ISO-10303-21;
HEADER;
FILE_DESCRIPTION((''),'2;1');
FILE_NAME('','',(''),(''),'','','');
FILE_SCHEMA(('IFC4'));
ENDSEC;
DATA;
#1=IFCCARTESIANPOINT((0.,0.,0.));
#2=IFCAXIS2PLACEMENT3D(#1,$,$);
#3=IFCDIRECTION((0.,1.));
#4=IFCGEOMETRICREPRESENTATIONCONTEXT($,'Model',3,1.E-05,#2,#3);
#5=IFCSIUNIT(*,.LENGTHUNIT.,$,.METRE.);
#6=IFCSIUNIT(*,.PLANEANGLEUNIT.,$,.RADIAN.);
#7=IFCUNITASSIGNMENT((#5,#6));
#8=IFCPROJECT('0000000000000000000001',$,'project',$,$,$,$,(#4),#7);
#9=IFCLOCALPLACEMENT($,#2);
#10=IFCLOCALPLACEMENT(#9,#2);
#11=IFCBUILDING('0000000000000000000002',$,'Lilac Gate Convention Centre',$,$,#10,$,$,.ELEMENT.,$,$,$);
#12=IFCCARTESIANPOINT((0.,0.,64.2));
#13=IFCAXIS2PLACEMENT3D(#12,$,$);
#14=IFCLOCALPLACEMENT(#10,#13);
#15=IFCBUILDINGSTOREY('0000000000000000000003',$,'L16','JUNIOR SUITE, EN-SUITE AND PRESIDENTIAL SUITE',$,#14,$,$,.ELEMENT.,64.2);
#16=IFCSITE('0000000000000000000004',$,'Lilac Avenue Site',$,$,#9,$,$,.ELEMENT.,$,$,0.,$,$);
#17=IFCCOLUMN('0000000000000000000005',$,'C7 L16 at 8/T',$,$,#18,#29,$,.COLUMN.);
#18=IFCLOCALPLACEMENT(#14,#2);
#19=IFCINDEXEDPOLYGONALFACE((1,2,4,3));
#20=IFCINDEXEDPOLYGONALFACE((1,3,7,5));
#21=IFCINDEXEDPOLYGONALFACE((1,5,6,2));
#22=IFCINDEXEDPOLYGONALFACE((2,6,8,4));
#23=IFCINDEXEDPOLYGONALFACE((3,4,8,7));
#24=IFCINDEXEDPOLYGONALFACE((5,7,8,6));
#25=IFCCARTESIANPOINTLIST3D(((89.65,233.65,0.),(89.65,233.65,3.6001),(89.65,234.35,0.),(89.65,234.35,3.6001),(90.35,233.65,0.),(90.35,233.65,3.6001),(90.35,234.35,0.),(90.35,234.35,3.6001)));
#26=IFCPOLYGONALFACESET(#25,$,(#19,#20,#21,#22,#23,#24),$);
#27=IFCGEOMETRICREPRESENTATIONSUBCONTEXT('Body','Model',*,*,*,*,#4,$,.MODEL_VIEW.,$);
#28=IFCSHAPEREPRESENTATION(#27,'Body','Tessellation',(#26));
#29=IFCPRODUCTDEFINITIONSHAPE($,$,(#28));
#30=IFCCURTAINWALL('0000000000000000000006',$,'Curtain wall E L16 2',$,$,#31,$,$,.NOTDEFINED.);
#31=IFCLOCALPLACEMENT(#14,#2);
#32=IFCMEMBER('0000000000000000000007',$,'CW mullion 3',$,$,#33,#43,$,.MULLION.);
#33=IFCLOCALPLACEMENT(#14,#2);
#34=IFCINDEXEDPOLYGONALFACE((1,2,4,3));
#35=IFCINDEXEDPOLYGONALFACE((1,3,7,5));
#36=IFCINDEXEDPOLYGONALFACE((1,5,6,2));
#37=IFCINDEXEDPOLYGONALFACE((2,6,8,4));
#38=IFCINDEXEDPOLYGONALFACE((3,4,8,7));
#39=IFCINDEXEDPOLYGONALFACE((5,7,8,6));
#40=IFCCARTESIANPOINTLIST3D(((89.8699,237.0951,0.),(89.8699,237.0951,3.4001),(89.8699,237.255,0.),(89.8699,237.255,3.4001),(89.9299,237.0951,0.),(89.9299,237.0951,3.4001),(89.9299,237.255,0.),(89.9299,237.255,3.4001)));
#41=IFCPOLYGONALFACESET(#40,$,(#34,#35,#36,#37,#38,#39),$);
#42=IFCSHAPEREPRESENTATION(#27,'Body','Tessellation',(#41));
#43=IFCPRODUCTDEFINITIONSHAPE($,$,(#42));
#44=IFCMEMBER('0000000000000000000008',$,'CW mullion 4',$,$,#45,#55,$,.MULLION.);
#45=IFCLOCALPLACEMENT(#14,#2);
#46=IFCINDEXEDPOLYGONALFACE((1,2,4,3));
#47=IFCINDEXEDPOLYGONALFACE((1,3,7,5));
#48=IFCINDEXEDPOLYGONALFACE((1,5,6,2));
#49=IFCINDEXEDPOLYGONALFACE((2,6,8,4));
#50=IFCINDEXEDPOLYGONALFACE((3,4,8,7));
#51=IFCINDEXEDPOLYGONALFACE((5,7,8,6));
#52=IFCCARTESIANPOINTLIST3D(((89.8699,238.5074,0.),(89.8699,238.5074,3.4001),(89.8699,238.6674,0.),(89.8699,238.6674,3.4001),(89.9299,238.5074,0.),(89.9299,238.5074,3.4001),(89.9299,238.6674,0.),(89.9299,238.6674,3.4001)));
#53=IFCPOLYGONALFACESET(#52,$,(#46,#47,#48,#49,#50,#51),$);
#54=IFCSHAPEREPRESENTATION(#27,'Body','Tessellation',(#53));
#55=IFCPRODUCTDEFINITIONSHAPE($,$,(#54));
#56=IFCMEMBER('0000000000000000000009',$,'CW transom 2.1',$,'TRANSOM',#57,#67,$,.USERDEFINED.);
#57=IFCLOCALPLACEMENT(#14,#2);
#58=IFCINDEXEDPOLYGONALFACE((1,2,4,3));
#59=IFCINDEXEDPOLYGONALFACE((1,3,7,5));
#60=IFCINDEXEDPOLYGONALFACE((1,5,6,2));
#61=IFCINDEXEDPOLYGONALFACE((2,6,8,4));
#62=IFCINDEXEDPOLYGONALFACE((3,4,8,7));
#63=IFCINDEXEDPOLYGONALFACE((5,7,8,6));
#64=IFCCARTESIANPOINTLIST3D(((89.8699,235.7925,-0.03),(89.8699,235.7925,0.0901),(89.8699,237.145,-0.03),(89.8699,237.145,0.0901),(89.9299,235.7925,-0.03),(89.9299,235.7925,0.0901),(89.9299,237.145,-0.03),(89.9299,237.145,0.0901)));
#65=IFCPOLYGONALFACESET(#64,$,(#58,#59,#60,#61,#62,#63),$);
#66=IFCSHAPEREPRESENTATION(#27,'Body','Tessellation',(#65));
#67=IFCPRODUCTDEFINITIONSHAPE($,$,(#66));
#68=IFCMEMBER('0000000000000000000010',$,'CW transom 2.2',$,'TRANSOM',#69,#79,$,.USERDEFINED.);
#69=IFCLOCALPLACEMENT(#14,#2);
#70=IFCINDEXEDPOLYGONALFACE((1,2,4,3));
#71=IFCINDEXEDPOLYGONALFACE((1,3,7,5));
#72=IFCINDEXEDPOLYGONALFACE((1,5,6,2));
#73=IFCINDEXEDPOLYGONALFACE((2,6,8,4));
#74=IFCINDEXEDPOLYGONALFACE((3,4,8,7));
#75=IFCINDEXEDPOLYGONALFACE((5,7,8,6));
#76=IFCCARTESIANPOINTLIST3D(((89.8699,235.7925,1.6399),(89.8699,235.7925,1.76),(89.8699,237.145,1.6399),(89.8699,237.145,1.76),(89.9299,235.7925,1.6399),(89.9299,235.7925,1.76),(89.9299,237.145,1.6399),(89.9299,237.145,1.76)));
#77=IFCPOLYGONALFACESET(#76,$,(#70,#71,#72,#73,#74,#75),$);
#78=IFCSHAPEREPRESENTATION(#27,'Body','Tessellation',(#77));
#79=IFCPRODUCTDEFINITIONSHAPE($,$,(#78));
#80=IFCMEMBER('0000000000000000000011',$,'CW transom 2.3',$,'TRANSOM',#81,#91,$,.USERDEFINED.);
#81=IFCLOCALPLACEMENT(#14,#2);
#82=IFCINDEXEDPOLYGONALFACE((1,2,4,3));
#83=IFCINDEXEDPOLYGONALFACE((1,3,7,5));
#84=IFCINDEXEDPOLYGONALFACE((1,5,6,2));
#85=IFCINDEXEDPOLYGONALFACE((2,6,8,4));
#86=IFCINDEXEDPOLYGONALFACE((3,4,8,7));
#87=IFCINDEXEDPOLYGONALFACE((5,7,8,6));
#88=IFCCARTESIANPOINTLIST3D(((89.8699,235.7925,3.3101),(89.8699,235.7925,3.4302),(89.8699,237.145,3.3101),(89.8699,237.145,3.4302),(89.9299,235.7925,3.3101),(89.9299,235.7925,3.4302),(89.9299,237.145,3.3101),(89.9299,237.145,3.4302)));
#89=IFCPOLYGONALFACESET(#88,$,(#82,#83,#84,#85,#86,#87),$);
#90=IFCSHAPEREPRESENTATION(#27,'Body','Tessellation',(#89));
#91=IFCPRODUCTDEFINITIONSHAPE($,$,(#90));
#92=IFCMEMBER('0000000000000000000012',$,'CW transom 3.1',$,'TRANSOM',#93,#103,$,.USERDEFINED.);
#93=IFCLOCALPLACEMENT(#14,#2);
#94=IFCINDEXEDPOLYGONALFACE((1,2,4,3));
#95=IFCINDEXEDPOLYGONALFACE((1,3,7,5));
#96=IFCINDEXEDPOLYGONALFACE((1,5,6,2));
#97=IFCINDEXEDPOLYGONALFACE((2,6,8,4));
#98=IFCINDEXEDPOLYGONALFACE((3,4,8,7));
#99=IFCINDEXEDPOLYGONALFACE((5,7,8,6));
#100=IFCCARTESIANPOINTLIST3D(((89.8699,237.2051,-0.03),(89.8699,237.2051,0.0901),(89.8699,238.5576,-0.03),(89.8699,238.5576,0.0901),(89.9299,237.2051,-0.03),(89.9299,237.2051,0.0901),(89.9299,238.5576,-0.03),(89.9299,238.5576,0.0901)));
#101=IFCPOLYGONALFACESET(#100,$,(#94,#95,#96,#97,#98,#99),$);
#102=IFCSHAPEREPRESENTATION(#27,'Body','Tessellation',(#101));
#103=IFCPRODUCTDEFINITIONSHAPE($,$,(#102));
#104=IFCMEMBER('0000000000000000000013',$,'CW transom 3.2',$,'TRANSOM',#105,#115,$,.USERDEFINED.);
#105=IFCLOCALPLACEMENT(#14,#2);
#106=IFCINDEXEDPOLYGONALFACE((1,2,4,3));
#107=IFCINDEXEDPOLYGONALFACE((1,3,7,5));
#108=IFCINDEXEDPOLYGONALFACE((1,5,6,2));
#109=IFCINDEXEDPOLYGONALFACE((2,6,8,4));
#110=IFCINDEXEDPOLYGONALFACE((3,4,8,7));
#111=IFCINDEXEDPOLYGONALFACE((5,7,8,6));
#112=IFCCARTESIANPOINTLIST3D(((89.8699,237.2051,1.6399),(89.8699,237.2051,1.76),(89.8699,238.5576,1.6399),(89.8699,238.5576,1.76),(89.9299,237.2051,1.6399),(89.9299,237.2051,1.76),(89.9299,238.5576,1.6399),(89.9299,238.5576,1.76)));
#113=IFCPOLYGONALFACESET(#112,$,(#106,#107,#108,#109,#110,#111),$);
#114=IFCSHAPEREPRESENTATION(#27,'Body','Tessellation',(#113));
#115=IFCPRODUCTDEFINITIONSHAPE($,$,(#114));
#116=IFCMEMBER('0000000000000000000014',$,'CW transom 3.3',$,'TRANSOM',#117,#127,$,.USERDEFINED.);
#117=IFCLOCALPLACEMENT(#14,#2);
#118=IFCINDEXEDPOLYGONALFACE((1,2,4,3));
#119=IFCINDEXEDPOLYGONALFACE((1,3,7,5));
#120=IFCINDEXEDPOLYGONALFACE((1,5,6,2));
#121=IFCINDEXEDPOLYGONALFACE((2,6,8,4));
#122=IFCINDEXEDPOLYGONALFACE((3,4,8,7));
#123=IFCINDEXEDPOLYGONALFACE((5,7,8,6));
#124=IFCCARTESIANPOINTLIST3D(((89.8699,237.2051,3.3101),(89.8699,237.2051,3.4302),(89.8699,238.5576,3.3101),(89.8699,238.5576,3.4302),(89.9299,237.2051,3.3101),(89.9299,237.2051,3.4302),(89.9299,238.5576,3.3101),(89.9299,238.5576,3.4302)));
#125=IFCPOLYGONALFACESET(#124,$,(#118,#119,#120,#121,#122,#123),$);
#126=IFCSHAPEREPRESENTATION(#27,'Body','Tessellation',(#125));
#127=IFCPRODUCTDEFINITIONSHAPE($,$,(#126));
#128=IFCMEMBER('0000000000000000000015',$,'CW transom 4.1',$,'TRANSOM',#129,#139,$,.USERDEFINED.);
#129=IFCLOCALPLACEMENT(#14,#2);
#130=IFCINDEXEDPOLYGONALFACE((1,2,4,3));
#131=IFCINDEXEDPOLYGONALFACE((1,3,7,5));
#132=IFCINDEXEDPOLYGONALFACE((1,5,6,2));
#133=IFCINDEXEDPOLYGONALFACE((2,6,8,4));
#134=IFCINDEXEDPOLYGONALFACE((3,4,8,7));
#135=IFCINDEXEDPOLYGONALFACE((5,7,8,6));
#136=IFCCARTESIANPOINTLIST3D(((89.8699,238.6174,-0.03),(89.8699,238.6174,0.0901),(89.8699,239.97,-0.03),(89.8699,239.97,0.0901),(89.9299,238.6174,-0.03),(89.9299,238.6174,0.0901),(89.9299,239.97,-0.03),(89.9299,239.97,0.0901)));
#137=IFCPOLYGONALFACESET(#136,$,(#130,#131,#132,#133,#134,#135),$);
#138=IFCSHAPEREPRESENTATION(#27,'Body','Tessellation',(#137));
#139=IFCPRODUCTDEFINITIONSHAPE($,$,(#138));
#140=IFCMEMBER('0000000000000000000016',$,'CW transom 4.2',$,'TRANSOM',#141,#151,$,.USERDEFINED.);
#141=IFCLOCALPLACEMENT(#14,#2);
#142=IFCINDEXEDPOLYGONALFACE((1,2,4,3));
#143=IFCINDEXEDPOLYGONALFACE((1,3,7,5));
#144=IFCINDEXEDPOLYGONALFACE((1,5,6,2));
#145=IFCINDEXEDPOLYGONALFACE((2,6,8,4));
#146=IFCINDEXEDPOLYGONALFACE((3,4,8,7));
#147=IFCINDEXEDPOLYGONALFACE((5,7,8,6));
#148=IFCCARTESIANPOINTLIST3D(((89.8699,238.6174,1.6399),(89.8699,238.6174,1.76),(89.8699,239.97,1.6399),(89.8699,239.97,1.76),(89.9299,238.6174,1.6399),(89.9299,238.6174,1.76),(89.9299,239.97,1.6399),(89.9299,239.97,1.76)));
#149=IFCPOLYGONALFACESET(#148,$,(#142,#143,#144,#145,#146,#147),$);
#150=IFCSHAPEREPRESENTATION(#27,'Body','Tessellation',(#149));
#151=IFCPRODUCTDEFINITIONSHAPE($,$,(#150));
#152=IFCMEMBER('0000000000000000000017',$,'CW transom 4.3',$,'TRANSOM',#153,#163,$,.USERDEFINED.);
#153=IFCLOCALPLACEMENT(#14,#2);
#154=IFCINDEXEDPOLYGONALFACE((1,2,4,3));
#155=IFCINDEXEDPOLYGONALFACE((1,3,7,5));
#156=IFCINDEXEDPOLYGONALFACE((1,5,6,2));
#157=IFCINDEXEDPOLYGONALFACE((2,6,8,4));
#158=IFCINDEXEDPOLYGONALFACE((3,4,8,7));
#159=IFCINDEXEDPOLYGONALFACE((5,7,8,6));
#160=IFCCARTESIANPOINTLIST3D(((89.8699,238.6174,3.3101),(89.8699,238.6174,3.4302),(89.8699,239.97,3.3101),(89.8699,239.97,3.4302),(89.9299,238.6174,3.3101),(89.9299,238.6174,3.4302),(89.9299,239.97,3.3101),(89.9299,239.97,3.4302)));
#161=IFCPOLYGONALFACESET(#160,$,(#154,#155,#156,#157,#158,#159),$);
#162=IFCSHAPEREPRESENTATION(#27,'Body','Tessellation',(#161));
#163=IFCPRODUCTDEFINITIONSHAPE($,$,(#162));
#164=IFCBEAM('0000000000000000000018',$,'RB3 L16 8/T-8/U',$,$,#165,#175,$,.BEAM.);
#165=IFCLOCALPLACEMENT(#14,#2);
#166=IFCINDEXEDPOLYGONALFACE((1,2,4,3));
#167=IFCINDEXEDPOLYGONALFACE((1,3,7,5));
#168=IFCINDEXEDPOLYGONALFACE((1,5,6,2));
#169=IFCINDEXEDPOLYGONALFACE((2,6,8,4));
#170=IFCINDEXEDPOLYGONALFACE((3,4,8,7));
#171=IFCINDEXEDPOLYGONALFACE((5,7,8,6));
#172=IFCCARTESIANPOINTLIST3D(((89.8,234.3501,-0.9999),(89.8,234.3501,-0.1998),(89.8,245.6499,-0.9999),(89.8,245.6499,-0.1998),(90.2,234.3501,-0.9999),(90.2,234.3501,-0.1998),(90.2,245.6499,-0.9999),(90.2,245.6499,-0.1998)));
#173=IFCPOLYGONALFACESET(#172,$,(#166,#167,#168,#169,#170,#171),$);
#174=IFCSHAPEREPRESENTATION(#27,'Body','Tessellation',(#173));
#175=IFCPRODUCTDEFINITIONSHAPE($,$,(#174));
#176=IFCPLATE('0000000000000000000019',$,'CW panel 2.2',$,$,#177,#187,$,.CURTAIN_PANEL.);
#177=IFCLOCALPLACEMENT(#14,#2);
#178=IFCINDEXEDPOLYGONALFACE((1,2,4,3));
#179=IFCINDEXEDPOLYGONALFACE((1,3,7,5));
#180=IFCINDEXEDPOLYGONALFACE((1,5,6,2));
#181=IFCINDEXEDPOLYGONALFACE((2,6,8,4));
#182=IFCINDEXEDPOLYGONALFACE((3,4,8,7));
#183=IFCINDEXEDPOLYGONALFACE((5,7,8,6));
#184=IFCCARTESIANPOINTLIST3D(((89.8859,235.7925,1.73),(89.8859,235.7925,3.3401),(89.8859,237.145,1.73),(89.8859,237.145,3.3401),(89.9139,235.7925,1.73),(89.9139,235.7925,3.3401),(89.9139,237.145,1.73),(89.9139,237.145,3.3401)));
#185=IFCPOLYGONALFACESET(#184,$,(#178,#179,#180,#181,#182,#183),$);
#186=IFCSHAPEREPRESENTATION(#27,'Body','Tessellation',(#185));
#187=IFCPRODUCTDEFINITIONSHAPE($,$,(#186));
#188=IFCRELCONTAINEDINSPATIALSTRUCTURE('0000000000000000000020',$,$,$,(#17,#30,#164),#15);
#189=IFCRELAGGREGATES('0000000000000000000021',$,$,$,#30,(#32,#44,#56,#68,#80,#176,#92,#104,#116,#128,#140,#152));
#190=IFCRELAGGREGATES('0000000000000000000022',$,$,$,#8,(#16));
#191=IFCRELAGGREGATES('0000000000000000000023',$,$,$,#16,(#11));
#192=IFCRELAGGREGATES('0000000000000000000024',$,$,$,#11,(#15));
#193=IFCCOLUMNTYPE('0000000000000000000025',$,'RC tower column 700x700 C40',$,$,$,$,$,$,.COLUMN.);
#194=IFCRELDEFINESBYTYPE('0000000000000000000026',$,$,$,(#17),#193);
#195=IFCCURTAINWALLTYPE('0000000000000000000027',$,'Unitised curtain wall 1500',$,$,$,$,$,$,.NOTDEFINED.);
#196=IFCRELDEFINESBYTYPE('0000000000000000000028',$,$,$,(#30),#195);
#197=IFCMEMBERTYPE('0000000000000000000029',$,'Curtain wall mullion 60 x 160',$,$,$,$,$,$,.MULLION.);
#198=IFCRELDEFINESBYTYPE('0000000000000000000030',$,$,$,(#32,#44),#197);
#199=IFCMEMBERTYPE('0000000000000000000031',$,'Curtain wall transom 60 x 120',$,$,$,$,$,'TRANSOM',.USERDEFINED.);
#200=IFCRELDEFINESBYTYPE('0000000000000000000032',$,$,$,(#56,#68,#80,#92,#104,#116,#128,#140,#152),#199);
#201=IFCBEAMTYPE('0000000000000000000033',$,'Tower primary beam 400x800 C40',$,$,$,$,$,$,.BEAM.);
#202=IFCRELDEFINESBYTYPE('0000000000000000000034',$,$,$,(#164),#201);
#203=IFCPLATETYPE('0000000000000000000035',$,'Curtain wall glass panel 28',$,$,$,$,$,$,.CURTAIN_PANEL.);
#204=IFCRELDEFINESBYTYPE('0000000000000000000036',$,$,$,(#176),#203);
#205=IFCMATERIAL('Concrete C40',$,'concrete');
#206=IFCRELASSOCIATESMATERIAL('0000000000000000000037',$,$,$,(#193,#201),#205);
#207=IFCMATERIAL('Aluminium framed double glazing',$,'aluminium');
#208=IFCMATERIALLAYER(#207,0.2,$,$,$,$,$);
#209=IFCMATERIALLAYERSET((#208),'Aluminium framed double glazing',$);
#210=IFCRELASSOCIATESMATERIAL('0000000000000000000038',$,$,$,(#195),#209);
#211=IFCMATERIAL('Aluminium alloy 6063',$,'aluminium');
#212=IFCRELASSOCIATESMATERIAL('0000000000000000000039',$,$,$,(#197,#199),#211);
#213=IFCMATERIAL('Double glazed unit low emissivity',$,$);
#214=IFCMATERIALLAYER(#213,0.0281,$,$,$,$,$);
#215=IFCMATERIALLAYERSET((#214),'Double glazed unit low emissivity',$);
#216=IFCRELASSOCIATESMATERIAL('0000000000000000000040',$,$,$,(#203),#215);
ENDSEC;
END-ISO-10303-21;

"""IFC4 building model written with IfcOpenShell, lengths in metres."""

from ifc_helpers import new_model, si_unit, direction, frame, origin, origin_2d, place, context, subcontext, project, spatial, rectangle, extrude, material, layer, layer_set, material_profile, profile_set, type_object, element, aggregate, save


model = new_model("IFC4")

# Units and contexts
model_context = context("Model", 3, precision=1e-05, world=origin(), true_north=direction((0.0, 1.0)))
body_context = subcontext(model_context, "Body", "Model", "MODEL_VIEW")
ifc_project = project(units=[si_unit("LENGTHUNIT", "METRE"), si_unit("PLANEANGLEUNIT", "RADIAN")], contexts=[model_context])

# Site, building, storey
site_placement = place(None, origin())
site = spatial("IfcSite", under=ifc_project, at=site_placement, Name="Lilac Avenue Site", CompositionType="ELEMENT", RefElevation=0.0)
building_placement = place(site_placement, origin())
building = spatial("IfcBuilding", under=site, at=building_placement, Name="Lilac Gate Convention Centre", CompositionType="ELEMENT")
storey_placement = place(building_placement, frame((0.0, 0.0, 64.2)))
storey = spatial("IfcBuildingStorey", under=building, at=storey_placement, Name="L16", Description="JUNIOR SUITE, EN-SUITE AND PRESIDENTIAL SUITE", CompositionType="ELEMENT", Elevation=64.2)

# Column
ifc_material_1 = material(Name="Concrete C40", Category="concrete")
ifc_material_profile_1 = material_profile(ifc_material_1, rectangle(XDim=0.7, YDim=0.7, at=origin_2d()), Name="RC 700x700")
ifc_profile_set_1 = profile_set([ifc_material_profile_1], Name="Concrete C40")
column_type = type_object("IfcColumnType", Name="RC tower column 700x700 C40", PredefinedType="COLUMN", material=ifc_profile_set_1)
column_placement = place(storey_placement, frame((90.0, 234.0, 0.0), z_axis=(0.0, 0.0, 1.0), x_axis=(1.0, 0.0, 0.0)))
element("IfcColumn", 1, at=column_placement, inside=storey, type_object=column_type, Name="C7 L16 at 8/T", PredefinedType="COLUMN", context=body_context, shape_type="SweptSolid", body=[
    extrude(rectangle(XDim=0.7, YDim=0.7, at=origin_2d()), origin(), (0.0, 0.0, 1.0), 3.6001),
])

# Curtain wall, members
ifc_material_2 = material(Name="Aluminium framed double glazing", Category="aluminium")
ifc_layer_1 = layer(ifc_material_2, 0.2)
ifc_layer_set_1 = layer_set([ifc_layer_1], Name="Aluminium framed double glazing")
curtain_wall_type = type_object("IfcCurtainWallType", Name="Unitised curtain wall 1500", PredefinedType="NOTDEFINED", material=ifc_layer_set_1)
curtain_wall_placement = place(storey_placement, origin())
curtain_wall = element("IfcCurtainWall", 2, at=curtain_wall_placement, inside=storey, type_object=curtain_wall_type, Name="Curtain wall E L16 2", PredefinedType="NOTDEFINED")
ifc_material_3 = material(Name="Aluminium alloy 6063", Category="aluminium")
ifc_material_profile_2 = material_profile(ifc_material_3, rectangle(XDim=0.0601, YDim=0.1599, at=origin_2d()), Name="Curtain wall mullion 60 x 160")
ifc_profile_set_2 = profile_set([ifc_material_profile_2], Name="Aluminium alloy 6063")
member_type_1 = type_object("IfcMemberType", Name="Curtain wall mullion 60 x 160", PredefinedType="MULLION", material=ifc_profile_set_2)
member_1_placement = place(storey_placement, frame((89.8999, 237.175, 0.0), z_axis=(0.0, 0.0, 1.0), x_axis=(-1.0, 0.0, 0.0)))
member_1 = element("IfcMember", 3, at=member_1_placement, type_object=member_type_1, Name="CW mullion 3", PredefinedType="MULLION", context=body_context, shape_type="SweptSolid", body=[
    extrude(rectangle(XDim=0.0601, YDim=0.1599, at=origin_2d()), origin(), (0.0, 0.0, 1.0), 3.4001),
])
member_2_placement = place(storey_placement, frame((89.8999, 238.5874, 0.0), z_axis=(0.0, 0.0, 1.0), x_axis=(-1.0, 0.0, 0.0)))
member_2 = element("IfcMember", 4, at=member_2_placement, type_object=member_type_1, Name="CW mullion 4", PredefinedType="MULLION", context=body_context, shape_type="SweptSolid", body=[
    extrude(rectangle(XDim=0.0601, YDim=0.1599, at=origin_2d()), origin(), (0.0, 0.0, 1.0), 3.4001),
])
ifc_material_profile_3 = material_profile(ifc_material_3, rectangle(XDim=0.0601, YDim=0.1201, at=origin_2d()), Name="Curtain wall transom 60 x 120")
ifc_profile_set_3 = profile_set([ifc_material_profile_3], Name="Aluminium alloy 6063")
member_type_2 = type_object("IfcMemberType", Name="Curtain wall transom 60 x 120", ElementType="TRANSOM", PredefinedType="USERDEFINED", material=ifc_profile_set_3)
member_3_placement = place(storey_placement, frame((89.8999, 235.7925, 0.03), z_axis=(0.0, 1.0, 0.0), x_axis=(-1.0, 0.0, 0.0)))
member_3 = element("IfcMember", 5, at=member_3_placement, type_object=member_type_2, Name="CW transom 2.1", ObjectType="TRANSOM", PredefinedType="USERDEFINED", context=body_context, shape_type="SweptSolid", body=[
    extrude(rectangle(XDim=0.0601, YDim=0.1201, at=origin_2d()), origin(), (0.0, 0.0, 1.0), 1.3525),
])
member_4_placement = place(storey_placement, frame((89.8999, 235.7925, 1.7), z_axis=(0.0, 1.0, 0.0), x_axis=(-1.0, 0.0, 0.0)))
member_4 = element("IfcMember", 6, at=member_4_placement, type_object=member_type_2, Name="CW transom 2.2", ObjectType="TRANSOM", PredefinedType="USERDEFINED", context=body_context, shape_type="SweptSolid", body=[
    extrude(rectangle(XDim=0.0601, YDim=0.1201, at=origin_2d()), origin(), (0.0, 0.0, 1.0), 1.3525),
])
member_5_placement = place(storey_placement, frame((89.8999, 235.7925, 3.3701), z_axis=(0.0, 1.0, 0.0), x_axis=(-1.0, 0.0, 0.0)))
member_5 = element("IfcMember", 7, at=member_5_placement, type_object=member_type_2, Name="CW transom 2.3", ObjectType="TRANSOM", PredefinedType="USERDEFINED", context=body_context, shape_type="SweptSolid", body=[
    extrude(rectangle(XDim=0.0601, YDim=0.1201, at=origin_2d()), origin(), (0.0, 0.0, 1.0), 1.3525),
])
member_6_placement = place(storey_placement, frame((89.8999, 237.2051, 0.03), z_axis=(0.0, 1.0, 0.0), x_axis=(-1.0, 0.0, 0.0)))
member_6 = element("IfcMember", 8, at=member_6_placement, type_object=member_type_2, Name="CW transom 3.1", ObjectType="TRANSOM", PredefinedType="USERDEFINED", context=body_context, shape_type="SweptSolid", body=[
    extrude(rectangle(XDim=0.0601, YDim=0.1201, at=origin_2d()), origin(), (0.0, 0.0, 1.0), 1.3525),
])
member_7_placement = place(storey_placement, frame((89.8999, 237.2051, 1.7), z_axis=(0.0, 1.0, 0.0), x_axis=(-1.0, 0.0, 0.0)))
member_7 = element("IfcMember", 9, at=member_7_placement, type_object=member_type_2, Name="CW transom 3.2", ObjectType="TRANSOM", PredefinedType="USERDEFINED", context=body_context, shape_type="SweptSolid", body=[
    extrude(rectangle(XDim=0.0601, YDim=0.1201, at=origin_2d()), origin(), (0.0, 0.0, 1.0), 1.3525),
])
member_8_placement = place(storey_placement, frame((89.8999, 237.2051, 3.3701), z_axis=(0.0, 1.0, 0.0), x_axis=(-1.0, 0.0, 0.0)))
member_8 = element("IfcMember", 10, at=member_8_placement, type_object=member_type_2, Name="CW transom 3.3", ObjectType="TRANSOM", PredefinedType="USERDEFINED", context=body_context, shape_type="SweptSolid", body=[
    extrude(rectangle(XDim=0.0601, YDim=0.1201, at=origin_2d()), origin(), (0.0, 0.0, 1.0), 1.3525),
])
member_9_placement = place(storey_placement, frame((89.8999, 238.6174, 0.03), z_axis=(0.0, 1.0, 0.0), x_axis=(-1.0, 0.0, 0.0)))
member_9 = element("IfcMember", 11, at=member_9_placement, type_object=member_type_2, Name="CW transom 4.1", ObjectType="TRANSOM", PredefinedType="USERDEFINED", context=body_context, shape_type="SweptSolid", body=[
    extrude(rectangle(XDim=0.0601, YDim=0.1201, at=origin_2d()), origin(), (0.0, 0.0, 1.0), 1.3525),
])
member_10_placement = place(storey_placement, frame((89.8999, 238.6174, 1.7), z_axis=(0.0, 1.0, 0.0), x_axis=(-1.0, 0.0, 0.0)))
member_10 = element("IfcMember", 12, at=member_10_placement, type_object=member_type_2, Name="CW transom 4.2", ObjectType="TRANSOM", PredefinedType="USERDEFINED", context=body_context, shape_type="SweptSolid", body=[
    extrude(rectangle(XDim=0.0601, YDim=0.1201, at=origin_2d()), origin(), (0.0, 0.0, 1.0), 1.3525),
])
member_11_placement = place(storey_placement, frame((89.8999, 238.6174, 3.3701), z_axis=(0.0, 1.0, 0.0), x_axis=(-1.0, 0.0, 0.0)))
member_11 = element("IfcMember", 13, at=member_11_placement, type_object=member_type_2, Name="CW transom 4.3", ObjectType="TRANSOM", PredefinedType="USERDEFINED", context=body_context, shape_type="SweptSolid", body=[
    extrude(rectangle(XDim=0.0601, YDim=0.1201, at=origin_2d()), origin(), (0.0, 0.0, 1.0), 1.3525),
])

# Beam
ifc_material_profile_4 = material_profile(ifc_material_1, rectangle(XDim=0.3999, YDim=0.8, at=origin_2d()), Name="RC 400x800")
ifc_profile_set_4 = profile_set([ifc_material_profile_4], Name="Concrete C40")
beam_type = type_object("IfcBeamType", Name="Tower primary beam 400x800 C40", PredefinedType="BEAM", material=ifc_profile_set_4)
beam_placement = place(storey_placement, frame((90.0, 234.3501, -0.5999), z_axis=(0.0, 1.0, 0.0), x_axis=(-1.0, 0.0, 0.0)))
element("IfcBeam", 14, at=beam_placement, inside=storey, type_object=beam_type, Name="RB3 L16 8/T-8/U", PredefinedType="BEAM", context=body_context, shape_type="SweptSolid", body=[
    extrude(rectangle(XDim=0.3999, YDim=0.8, at=origin_2d()), origin(), (0.0, 0.0, 1.0), 11.2998),
])

# Plate
ifc_material_4 = material(Name="Double glazed unit low emissivity")
ifc_layer_2 = layer(ifc_material_4, 0.0281)
ifc_layer_set_2 = layer_set([ifc_layer_2], Name="Double glazed unit low emissivity")
plate_type_1 = type_object("IfcPlateType", Name="Curtain wall glass panel 28", PredefinedType="CURTAIN_PANEL", material=ifc_layer_set_2)
plate_1_placement = place(storey_placement, frame((89.8999, 236.4688, 1.73), z_axis=(0.0, 0.0, 1.0), x_axis=(0.0, 1.0, 0.0)))
plate_1 = element("IfcPlate", 15, at=plate_1_placement, type_object=plate_type_1, Name="CW panel 2.2", PredefinedType="CURTAIN_PANEL", context=body_context, shape_type="SweptSolid", body=[
    extrude(rectangle(XDim=1.3525, YDim=0.0281, at=origin_2d()), origin(), (0.0, 0.0, 1.0), 1.6101),
])
aggregate(curtain_wall, [member_1, member_2, member_3, member_4, member_5, plate_1, member_6, member_7, member_8, member_9, member_10, member_11])

save(model, "model.ifc")
